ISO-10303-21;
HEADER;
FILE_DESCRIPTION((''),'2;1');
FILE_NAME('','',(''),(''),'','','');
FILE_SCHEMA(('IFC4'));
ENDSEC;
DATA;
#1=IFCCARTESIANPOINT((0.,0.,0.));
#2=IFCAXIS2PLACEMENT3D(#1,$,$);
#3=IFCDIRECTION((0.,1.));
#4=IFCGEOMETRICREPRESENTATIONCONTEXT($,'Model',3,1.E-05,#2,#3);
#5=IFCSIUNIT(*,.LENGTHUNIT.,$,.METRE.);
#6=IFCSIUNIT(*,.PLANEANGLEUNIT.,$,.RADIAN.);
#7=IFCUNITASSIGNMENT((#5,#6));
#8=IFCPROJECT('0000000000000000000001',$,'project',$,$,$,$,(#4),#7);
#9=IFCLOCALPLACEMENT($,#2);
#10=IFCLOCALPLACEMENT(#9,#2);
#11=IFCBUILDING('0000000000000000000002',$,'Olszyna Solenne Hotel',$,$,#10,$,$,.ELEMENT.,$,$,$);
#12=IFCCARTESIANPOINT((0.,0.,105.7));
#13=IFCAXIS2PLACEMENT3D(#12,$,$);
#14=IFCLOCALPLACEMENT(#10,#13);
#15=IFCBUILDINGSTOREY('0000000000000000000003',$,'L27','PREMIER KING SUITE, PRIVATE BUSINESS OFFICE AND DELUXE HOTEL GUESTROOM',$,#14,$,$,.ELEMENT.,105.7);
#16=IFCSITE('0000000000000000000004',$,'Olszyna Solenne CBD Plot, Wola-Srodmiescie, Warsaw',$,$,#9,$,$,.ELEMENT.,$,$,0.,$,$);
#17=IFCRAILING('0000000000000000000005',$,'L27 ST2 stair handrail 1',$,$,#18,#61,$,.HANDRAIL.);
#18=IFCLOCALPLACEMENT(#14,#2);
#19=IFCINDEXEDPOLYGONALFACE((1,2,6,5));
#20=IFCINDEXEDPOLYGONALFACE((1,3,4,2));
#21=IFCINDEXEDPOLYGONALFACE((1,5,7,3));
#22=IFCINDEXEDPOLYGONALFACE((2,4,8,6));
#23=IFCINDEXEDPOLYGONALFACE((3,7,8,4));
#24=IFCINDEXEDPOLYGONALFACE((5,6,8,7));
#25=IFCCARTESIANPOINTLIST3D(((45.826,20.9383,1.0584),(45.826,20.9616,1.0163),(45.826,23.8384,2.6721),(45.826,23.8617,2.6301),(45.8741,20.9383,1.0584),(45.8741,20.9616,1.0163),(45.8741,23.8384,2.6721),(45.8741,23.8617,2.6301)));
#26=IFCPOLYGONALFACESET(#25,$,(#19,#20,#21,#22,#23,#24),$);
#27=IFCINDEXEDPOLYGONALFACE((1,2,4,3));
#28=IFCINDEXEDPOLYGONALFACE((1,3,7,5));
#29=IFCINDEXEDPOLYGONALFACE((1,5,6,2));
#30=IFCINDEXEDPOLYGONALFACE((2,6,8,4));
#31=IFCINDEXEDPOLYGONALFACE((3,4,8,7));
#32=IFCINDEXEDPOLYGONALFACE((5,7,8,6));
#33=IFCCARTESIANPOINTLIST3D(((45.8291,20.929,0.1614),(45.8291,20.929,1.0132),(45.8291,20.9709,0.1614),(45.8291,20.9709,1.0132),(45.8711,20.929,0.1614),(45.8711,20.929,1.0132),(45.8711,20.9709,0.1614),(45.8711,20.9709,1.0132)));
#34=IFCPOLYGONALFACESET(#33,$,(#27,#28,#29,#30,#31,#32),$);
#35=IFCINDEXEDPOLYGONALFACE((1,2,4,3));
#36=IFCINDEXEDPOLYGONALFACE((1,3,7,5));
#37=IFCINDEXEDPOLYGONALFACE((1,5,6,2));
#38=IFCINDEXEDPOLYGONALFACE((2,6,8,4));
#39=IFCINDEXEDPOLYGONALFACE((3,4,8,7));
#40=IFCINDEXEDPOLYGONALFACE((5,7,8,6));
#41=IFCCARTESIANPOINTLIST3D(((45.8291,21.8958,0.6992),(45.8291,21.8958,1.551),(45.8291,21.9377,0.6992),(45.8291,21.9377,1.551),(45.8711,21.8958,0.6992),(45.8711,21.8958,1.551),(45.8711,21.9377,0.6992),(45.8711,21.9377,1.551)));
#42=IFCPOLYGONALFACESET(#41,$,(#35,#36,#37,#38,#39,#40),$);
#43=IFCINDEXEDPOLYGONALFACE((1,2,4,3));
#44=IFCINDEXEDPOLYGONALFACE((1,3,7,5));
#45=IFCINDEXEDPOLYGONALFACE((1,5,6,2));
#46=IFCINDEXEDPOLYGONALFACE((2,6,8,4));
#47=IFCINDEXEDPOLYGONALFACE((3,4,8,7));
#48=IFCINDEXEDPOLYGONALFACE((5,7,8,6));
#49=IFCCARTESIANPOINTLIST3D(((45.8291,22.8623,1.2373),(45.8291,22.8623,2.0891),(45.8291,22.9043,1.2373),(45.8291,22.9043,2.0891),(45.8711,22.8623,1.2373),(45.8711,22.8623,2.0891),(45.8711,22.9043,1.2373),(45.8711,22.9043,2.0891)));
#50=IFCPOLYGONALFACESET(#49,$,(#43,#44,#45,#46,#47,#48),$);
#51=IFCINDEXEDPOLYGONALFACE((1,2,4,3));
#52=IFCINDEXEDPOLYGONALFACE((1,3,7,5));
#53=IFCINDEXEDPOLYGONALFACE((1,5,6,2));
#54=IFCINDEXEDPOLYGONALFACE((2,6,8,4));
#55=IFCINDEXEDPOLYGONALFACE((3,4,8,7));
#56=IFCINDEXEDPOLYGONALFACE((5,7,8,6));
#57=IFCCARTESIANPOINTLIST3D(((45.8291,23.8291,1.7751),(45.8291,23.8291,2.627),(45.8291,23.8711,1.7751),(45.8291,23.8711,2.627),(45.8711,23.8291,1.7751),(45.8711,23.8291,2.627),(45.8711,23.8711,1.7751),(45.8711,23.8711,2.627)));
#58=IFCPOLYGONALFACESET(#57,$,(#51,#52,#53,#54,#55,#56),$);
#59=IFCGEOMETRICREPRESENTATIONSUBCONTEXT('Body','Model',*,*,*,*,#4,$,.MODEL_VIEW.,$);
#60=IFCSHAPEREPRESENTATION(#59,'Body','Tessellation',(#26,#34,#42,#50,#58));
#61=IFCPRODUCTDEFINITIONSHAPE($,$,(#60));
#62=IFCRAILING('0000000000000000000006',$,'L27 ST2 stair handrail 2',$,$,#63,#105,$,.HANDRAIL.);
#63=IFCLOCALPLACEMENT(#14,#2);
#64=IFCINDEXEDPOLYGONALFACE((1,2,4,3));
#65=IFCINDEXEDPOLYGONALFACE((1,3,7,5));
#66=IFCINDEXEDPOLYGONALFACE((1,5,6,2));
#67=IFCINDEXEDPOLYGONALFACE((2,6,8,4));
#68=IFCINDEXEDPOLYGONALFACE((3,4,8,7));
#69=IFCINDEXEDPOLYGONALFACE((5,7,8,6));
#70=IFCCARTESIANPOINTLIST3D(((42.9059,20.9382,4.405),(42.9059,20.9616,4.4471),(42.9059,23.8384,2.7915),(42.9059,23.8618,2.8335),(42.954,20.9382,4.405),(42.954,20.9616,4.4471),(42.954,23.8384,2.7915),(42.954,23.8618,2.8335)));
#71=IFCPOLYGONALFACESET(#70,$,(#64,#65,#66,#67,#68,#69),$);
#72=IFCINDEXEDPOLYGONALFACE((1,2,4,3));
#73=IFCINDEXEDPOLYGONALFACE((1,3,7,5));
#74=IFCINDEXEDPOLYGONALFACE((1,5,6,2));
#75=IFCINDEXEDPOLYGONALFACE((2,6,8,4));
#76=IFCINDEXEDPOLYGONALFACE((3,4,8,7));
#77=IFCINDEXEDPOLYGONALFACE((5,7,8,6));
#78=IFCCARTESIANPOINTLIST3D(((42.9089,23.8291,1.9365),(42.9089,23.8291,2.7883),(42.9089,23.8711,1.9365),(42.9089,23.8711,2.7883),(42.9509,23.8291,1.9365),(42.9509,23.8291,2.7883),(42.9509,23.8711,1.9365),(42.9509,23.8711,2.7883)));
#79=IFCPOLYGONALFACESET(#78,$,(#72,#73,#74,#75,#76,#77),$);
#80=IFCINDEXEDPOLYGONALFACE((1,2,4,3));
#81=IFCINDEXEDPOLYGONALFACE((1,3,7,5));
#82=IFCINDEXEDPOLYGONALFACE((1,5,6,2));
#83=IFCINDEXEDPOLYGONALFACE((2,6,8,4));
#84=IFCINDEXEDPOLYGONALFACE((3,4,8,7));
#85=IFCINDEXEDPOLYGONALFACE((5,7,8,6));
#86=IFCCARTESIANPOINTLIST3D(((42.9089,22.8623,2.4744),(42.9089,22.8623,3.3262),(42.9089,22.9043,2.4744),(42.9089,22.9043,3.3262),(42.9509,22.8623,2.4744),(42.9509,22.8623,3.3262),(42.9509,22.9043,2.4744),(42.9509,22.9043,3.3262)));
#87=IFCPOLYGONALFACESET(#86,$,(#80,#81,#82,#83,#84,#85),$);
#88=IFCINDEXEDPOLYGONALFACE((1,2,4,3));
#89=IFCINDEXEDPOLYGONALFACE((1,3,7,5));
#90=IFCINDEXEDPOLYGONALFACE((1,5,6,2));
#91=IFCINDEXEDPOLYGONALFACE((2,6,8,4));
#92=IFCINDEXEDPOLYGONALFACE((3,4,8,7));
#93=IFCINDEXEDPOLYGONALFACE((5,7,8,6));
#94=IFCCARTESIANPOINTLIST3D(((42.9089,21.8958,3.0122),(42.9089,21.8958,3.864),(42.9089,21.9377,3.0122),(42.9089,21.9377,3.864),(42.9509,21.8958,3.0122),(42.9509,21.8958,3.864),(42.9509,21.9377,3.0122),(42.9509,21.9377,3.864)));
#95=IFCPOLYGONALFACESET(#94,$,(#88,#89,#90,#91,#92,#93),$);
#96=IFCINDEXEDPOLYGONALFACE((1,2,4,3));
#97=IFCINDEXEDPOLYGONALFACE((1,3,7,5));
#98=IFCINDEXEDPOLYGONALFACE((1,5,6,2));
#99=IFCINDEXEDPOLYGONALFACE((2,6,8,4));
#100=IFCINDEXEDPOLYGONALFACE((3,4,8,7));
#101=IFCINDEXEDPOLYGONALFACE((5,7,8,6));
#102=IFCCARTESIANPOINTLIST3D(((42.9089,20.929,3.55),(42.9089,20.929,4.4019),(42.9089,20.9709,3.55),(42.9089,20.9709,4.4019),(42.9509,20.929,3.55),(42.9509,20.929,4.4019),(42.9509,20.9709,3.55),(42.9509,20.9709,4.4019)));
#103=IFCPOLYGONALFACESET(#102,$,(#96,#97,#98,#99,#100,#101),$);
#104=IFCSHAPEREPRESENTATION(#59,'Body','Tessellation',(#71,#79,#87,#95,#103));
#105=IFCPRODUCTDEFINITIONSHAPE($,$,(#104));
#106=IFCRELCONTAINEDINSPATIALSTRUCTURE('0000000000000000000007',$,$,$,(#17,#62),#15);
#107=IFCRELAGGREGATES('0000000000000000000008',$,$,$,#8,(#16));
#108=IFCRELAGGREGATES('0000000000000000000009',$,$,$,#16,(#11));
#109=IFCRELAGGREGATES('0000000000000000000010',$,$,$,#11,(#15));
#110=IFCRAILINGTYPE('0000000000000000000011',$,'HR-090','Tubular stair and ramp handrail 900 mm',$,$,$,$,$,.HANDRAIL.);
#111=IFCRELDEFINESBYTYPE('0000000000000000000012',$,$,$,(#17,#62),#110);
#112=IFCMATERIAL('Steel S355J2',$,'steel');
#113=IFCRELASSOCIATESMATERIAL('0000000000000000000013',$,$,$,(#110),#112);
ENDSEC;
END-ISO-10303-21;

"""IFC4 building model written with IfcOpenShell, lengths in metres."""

from ifc_helpers import new_model, si_unit, direction, frame, origin, origin_2d, place, context, subcontext, project, spatial, rectangle, extrude, material, type_object, element, save


model = new_model("IFC4")

# Units and contexts
model_context = context("Model", 3, precision=1e-05, world=origin(), true_north=direction((0.0, 1.0)))
body_context = subcontext(model_context, "Body", "Model", "MODEL_VIEW")
ifc_project = project(units=[si_unit("LENGTHUNIT", "METRE"), si_unit("PLANEANGLEUNIT", "RADIAN")], contexts=[model_context])

# Site, building, storey
site_placement = place(None, origin())
site = spatial("IfcSite", under=ifc_project, at=site_placement, Name="Olszyna Solenne CBD Plot, Wola-Srodmiescie, Warsaw", CompositionType="ELEMENT", RefElevation=0.0)
building_placement = place(site_placement, origin())
building = spatial("IfcBuilding", under=site, at=building_placement, Name="Olszyna Solenne Hotel", CompositionType="ELEMENT")
storey_placement = place(building_placement, frame((0.0, 0.0, 105.7)))
storey = spatial("IfcBuildingStorey", under=building, at=storey_placement, Name="L27", Description="PREMIER KING SUITE, PRIVATE BUSINESS OFFICE AND DELUXE HOTEL GUESTROOM", CompositionType="ELEMENT", Elevation=105.7)

# Shared definitions
ifc_material_1 = material(Name="Steel S355J2", Category="steel")

# Railings
railing_type_1 = type_object("IfcRailingType", Name="HR-090", Description="Tubular stair and ramp handrail 900 mm", PredefinedType="HANDRAIL", material=ifc_material_1)
railing_1_placement = place(storey_placement, frame((45.8501, 20.95, 0.1614)))
element("IfcRailing", 1, at=railing_1_placement, inside=storey, type_object=railing_type_1, Name="L27 ST2 stair handrail 1", PredefinedType="HANDRAIL", context=body_context, shape_type="SweptSolid", body=[
    extrude(rectangle(XDim=0.0481, YDim=0.0481, at=origin_2d()), frame((0.0, 0.0, 0.876), z_axis=(0.0, 0.873827, 0.486236), x_axis=(-1.0, 0.0, 0.0)), (0.0, 0.0, 1.0), 3.3188),
    extrude(rectangle(XDim=0.042, YDim=0.042, at=origin_2d()), origin(), (0.0, 0.0, 1.0), 0.8518),
    extrude(rectangle(XDim=0.042, YDim=0.042, at=origin_2d()), frame((0.0, 0.9668, 0.5378)), (0.0, 0.0, 1.0), 0.8518),
    extrude(rectangle(XDim=0.042, YDim=0.042, at=origin_2d()), frame((0.0, 1.9333, 1.0759)), (0.0, 0.0, 1.0), 0.8518),
    extrude(rectangle(XDim=0.042, YDim=0.042, at=origin_2d()), frame((0.0, 2.9001, 1.6138)), (0.0, 0.0, 1.0), 0.8518),
])
railing_2_placement = place(storey_placement, frame((42.9299, 23.8501, 1.9365)))
element("IfcRailing", 2, at=railing_2_placement, inside=storey, type_object=railing_type_1, Name="L27 ST2 stair handrail 2", PredefinedType="HANDRAIL", context=body_context, shape_type="SweptSolid", body=[
    extrude(rectangle(XDim=0.0481, YDim=0.0481, at=origin_2d()), frame((0.0, 0.0, 0.876), z_axis=(0.0, -0.873859, 0.48618), x_axis=(1.0, 0.0, 0.0)), (0.0, 0.0, 1.0), 3.3188),
    extrude(rectangle(XDim=0.042, YDim=0.042, at=origin_2d()), origin(), (0.0, 0.0, 1.0), 0.8518),
    extrude(rectangle(XDim=0.042, YDim=0.042, at=origin_2d()), frame((0.0, -0.9668, 0.5378)), (0.0, 0.0, 1.0), 0.8518),
    extrude(rectangle(XDim=0.042, YDim=0.042, at=origin_2d()), frame((0.0, -1.9333, 1.0757)), (0.0, 0.0, 1.0), 0.8518),
    extrude(rectangle(XDim=0.042, YDim=0.042, at=origin_2d()), frame((0.0, -2.9001, 1.6135)), (0.0, 0.0, 1.0), 0.8518),
])

save(model, "model.ifc")
